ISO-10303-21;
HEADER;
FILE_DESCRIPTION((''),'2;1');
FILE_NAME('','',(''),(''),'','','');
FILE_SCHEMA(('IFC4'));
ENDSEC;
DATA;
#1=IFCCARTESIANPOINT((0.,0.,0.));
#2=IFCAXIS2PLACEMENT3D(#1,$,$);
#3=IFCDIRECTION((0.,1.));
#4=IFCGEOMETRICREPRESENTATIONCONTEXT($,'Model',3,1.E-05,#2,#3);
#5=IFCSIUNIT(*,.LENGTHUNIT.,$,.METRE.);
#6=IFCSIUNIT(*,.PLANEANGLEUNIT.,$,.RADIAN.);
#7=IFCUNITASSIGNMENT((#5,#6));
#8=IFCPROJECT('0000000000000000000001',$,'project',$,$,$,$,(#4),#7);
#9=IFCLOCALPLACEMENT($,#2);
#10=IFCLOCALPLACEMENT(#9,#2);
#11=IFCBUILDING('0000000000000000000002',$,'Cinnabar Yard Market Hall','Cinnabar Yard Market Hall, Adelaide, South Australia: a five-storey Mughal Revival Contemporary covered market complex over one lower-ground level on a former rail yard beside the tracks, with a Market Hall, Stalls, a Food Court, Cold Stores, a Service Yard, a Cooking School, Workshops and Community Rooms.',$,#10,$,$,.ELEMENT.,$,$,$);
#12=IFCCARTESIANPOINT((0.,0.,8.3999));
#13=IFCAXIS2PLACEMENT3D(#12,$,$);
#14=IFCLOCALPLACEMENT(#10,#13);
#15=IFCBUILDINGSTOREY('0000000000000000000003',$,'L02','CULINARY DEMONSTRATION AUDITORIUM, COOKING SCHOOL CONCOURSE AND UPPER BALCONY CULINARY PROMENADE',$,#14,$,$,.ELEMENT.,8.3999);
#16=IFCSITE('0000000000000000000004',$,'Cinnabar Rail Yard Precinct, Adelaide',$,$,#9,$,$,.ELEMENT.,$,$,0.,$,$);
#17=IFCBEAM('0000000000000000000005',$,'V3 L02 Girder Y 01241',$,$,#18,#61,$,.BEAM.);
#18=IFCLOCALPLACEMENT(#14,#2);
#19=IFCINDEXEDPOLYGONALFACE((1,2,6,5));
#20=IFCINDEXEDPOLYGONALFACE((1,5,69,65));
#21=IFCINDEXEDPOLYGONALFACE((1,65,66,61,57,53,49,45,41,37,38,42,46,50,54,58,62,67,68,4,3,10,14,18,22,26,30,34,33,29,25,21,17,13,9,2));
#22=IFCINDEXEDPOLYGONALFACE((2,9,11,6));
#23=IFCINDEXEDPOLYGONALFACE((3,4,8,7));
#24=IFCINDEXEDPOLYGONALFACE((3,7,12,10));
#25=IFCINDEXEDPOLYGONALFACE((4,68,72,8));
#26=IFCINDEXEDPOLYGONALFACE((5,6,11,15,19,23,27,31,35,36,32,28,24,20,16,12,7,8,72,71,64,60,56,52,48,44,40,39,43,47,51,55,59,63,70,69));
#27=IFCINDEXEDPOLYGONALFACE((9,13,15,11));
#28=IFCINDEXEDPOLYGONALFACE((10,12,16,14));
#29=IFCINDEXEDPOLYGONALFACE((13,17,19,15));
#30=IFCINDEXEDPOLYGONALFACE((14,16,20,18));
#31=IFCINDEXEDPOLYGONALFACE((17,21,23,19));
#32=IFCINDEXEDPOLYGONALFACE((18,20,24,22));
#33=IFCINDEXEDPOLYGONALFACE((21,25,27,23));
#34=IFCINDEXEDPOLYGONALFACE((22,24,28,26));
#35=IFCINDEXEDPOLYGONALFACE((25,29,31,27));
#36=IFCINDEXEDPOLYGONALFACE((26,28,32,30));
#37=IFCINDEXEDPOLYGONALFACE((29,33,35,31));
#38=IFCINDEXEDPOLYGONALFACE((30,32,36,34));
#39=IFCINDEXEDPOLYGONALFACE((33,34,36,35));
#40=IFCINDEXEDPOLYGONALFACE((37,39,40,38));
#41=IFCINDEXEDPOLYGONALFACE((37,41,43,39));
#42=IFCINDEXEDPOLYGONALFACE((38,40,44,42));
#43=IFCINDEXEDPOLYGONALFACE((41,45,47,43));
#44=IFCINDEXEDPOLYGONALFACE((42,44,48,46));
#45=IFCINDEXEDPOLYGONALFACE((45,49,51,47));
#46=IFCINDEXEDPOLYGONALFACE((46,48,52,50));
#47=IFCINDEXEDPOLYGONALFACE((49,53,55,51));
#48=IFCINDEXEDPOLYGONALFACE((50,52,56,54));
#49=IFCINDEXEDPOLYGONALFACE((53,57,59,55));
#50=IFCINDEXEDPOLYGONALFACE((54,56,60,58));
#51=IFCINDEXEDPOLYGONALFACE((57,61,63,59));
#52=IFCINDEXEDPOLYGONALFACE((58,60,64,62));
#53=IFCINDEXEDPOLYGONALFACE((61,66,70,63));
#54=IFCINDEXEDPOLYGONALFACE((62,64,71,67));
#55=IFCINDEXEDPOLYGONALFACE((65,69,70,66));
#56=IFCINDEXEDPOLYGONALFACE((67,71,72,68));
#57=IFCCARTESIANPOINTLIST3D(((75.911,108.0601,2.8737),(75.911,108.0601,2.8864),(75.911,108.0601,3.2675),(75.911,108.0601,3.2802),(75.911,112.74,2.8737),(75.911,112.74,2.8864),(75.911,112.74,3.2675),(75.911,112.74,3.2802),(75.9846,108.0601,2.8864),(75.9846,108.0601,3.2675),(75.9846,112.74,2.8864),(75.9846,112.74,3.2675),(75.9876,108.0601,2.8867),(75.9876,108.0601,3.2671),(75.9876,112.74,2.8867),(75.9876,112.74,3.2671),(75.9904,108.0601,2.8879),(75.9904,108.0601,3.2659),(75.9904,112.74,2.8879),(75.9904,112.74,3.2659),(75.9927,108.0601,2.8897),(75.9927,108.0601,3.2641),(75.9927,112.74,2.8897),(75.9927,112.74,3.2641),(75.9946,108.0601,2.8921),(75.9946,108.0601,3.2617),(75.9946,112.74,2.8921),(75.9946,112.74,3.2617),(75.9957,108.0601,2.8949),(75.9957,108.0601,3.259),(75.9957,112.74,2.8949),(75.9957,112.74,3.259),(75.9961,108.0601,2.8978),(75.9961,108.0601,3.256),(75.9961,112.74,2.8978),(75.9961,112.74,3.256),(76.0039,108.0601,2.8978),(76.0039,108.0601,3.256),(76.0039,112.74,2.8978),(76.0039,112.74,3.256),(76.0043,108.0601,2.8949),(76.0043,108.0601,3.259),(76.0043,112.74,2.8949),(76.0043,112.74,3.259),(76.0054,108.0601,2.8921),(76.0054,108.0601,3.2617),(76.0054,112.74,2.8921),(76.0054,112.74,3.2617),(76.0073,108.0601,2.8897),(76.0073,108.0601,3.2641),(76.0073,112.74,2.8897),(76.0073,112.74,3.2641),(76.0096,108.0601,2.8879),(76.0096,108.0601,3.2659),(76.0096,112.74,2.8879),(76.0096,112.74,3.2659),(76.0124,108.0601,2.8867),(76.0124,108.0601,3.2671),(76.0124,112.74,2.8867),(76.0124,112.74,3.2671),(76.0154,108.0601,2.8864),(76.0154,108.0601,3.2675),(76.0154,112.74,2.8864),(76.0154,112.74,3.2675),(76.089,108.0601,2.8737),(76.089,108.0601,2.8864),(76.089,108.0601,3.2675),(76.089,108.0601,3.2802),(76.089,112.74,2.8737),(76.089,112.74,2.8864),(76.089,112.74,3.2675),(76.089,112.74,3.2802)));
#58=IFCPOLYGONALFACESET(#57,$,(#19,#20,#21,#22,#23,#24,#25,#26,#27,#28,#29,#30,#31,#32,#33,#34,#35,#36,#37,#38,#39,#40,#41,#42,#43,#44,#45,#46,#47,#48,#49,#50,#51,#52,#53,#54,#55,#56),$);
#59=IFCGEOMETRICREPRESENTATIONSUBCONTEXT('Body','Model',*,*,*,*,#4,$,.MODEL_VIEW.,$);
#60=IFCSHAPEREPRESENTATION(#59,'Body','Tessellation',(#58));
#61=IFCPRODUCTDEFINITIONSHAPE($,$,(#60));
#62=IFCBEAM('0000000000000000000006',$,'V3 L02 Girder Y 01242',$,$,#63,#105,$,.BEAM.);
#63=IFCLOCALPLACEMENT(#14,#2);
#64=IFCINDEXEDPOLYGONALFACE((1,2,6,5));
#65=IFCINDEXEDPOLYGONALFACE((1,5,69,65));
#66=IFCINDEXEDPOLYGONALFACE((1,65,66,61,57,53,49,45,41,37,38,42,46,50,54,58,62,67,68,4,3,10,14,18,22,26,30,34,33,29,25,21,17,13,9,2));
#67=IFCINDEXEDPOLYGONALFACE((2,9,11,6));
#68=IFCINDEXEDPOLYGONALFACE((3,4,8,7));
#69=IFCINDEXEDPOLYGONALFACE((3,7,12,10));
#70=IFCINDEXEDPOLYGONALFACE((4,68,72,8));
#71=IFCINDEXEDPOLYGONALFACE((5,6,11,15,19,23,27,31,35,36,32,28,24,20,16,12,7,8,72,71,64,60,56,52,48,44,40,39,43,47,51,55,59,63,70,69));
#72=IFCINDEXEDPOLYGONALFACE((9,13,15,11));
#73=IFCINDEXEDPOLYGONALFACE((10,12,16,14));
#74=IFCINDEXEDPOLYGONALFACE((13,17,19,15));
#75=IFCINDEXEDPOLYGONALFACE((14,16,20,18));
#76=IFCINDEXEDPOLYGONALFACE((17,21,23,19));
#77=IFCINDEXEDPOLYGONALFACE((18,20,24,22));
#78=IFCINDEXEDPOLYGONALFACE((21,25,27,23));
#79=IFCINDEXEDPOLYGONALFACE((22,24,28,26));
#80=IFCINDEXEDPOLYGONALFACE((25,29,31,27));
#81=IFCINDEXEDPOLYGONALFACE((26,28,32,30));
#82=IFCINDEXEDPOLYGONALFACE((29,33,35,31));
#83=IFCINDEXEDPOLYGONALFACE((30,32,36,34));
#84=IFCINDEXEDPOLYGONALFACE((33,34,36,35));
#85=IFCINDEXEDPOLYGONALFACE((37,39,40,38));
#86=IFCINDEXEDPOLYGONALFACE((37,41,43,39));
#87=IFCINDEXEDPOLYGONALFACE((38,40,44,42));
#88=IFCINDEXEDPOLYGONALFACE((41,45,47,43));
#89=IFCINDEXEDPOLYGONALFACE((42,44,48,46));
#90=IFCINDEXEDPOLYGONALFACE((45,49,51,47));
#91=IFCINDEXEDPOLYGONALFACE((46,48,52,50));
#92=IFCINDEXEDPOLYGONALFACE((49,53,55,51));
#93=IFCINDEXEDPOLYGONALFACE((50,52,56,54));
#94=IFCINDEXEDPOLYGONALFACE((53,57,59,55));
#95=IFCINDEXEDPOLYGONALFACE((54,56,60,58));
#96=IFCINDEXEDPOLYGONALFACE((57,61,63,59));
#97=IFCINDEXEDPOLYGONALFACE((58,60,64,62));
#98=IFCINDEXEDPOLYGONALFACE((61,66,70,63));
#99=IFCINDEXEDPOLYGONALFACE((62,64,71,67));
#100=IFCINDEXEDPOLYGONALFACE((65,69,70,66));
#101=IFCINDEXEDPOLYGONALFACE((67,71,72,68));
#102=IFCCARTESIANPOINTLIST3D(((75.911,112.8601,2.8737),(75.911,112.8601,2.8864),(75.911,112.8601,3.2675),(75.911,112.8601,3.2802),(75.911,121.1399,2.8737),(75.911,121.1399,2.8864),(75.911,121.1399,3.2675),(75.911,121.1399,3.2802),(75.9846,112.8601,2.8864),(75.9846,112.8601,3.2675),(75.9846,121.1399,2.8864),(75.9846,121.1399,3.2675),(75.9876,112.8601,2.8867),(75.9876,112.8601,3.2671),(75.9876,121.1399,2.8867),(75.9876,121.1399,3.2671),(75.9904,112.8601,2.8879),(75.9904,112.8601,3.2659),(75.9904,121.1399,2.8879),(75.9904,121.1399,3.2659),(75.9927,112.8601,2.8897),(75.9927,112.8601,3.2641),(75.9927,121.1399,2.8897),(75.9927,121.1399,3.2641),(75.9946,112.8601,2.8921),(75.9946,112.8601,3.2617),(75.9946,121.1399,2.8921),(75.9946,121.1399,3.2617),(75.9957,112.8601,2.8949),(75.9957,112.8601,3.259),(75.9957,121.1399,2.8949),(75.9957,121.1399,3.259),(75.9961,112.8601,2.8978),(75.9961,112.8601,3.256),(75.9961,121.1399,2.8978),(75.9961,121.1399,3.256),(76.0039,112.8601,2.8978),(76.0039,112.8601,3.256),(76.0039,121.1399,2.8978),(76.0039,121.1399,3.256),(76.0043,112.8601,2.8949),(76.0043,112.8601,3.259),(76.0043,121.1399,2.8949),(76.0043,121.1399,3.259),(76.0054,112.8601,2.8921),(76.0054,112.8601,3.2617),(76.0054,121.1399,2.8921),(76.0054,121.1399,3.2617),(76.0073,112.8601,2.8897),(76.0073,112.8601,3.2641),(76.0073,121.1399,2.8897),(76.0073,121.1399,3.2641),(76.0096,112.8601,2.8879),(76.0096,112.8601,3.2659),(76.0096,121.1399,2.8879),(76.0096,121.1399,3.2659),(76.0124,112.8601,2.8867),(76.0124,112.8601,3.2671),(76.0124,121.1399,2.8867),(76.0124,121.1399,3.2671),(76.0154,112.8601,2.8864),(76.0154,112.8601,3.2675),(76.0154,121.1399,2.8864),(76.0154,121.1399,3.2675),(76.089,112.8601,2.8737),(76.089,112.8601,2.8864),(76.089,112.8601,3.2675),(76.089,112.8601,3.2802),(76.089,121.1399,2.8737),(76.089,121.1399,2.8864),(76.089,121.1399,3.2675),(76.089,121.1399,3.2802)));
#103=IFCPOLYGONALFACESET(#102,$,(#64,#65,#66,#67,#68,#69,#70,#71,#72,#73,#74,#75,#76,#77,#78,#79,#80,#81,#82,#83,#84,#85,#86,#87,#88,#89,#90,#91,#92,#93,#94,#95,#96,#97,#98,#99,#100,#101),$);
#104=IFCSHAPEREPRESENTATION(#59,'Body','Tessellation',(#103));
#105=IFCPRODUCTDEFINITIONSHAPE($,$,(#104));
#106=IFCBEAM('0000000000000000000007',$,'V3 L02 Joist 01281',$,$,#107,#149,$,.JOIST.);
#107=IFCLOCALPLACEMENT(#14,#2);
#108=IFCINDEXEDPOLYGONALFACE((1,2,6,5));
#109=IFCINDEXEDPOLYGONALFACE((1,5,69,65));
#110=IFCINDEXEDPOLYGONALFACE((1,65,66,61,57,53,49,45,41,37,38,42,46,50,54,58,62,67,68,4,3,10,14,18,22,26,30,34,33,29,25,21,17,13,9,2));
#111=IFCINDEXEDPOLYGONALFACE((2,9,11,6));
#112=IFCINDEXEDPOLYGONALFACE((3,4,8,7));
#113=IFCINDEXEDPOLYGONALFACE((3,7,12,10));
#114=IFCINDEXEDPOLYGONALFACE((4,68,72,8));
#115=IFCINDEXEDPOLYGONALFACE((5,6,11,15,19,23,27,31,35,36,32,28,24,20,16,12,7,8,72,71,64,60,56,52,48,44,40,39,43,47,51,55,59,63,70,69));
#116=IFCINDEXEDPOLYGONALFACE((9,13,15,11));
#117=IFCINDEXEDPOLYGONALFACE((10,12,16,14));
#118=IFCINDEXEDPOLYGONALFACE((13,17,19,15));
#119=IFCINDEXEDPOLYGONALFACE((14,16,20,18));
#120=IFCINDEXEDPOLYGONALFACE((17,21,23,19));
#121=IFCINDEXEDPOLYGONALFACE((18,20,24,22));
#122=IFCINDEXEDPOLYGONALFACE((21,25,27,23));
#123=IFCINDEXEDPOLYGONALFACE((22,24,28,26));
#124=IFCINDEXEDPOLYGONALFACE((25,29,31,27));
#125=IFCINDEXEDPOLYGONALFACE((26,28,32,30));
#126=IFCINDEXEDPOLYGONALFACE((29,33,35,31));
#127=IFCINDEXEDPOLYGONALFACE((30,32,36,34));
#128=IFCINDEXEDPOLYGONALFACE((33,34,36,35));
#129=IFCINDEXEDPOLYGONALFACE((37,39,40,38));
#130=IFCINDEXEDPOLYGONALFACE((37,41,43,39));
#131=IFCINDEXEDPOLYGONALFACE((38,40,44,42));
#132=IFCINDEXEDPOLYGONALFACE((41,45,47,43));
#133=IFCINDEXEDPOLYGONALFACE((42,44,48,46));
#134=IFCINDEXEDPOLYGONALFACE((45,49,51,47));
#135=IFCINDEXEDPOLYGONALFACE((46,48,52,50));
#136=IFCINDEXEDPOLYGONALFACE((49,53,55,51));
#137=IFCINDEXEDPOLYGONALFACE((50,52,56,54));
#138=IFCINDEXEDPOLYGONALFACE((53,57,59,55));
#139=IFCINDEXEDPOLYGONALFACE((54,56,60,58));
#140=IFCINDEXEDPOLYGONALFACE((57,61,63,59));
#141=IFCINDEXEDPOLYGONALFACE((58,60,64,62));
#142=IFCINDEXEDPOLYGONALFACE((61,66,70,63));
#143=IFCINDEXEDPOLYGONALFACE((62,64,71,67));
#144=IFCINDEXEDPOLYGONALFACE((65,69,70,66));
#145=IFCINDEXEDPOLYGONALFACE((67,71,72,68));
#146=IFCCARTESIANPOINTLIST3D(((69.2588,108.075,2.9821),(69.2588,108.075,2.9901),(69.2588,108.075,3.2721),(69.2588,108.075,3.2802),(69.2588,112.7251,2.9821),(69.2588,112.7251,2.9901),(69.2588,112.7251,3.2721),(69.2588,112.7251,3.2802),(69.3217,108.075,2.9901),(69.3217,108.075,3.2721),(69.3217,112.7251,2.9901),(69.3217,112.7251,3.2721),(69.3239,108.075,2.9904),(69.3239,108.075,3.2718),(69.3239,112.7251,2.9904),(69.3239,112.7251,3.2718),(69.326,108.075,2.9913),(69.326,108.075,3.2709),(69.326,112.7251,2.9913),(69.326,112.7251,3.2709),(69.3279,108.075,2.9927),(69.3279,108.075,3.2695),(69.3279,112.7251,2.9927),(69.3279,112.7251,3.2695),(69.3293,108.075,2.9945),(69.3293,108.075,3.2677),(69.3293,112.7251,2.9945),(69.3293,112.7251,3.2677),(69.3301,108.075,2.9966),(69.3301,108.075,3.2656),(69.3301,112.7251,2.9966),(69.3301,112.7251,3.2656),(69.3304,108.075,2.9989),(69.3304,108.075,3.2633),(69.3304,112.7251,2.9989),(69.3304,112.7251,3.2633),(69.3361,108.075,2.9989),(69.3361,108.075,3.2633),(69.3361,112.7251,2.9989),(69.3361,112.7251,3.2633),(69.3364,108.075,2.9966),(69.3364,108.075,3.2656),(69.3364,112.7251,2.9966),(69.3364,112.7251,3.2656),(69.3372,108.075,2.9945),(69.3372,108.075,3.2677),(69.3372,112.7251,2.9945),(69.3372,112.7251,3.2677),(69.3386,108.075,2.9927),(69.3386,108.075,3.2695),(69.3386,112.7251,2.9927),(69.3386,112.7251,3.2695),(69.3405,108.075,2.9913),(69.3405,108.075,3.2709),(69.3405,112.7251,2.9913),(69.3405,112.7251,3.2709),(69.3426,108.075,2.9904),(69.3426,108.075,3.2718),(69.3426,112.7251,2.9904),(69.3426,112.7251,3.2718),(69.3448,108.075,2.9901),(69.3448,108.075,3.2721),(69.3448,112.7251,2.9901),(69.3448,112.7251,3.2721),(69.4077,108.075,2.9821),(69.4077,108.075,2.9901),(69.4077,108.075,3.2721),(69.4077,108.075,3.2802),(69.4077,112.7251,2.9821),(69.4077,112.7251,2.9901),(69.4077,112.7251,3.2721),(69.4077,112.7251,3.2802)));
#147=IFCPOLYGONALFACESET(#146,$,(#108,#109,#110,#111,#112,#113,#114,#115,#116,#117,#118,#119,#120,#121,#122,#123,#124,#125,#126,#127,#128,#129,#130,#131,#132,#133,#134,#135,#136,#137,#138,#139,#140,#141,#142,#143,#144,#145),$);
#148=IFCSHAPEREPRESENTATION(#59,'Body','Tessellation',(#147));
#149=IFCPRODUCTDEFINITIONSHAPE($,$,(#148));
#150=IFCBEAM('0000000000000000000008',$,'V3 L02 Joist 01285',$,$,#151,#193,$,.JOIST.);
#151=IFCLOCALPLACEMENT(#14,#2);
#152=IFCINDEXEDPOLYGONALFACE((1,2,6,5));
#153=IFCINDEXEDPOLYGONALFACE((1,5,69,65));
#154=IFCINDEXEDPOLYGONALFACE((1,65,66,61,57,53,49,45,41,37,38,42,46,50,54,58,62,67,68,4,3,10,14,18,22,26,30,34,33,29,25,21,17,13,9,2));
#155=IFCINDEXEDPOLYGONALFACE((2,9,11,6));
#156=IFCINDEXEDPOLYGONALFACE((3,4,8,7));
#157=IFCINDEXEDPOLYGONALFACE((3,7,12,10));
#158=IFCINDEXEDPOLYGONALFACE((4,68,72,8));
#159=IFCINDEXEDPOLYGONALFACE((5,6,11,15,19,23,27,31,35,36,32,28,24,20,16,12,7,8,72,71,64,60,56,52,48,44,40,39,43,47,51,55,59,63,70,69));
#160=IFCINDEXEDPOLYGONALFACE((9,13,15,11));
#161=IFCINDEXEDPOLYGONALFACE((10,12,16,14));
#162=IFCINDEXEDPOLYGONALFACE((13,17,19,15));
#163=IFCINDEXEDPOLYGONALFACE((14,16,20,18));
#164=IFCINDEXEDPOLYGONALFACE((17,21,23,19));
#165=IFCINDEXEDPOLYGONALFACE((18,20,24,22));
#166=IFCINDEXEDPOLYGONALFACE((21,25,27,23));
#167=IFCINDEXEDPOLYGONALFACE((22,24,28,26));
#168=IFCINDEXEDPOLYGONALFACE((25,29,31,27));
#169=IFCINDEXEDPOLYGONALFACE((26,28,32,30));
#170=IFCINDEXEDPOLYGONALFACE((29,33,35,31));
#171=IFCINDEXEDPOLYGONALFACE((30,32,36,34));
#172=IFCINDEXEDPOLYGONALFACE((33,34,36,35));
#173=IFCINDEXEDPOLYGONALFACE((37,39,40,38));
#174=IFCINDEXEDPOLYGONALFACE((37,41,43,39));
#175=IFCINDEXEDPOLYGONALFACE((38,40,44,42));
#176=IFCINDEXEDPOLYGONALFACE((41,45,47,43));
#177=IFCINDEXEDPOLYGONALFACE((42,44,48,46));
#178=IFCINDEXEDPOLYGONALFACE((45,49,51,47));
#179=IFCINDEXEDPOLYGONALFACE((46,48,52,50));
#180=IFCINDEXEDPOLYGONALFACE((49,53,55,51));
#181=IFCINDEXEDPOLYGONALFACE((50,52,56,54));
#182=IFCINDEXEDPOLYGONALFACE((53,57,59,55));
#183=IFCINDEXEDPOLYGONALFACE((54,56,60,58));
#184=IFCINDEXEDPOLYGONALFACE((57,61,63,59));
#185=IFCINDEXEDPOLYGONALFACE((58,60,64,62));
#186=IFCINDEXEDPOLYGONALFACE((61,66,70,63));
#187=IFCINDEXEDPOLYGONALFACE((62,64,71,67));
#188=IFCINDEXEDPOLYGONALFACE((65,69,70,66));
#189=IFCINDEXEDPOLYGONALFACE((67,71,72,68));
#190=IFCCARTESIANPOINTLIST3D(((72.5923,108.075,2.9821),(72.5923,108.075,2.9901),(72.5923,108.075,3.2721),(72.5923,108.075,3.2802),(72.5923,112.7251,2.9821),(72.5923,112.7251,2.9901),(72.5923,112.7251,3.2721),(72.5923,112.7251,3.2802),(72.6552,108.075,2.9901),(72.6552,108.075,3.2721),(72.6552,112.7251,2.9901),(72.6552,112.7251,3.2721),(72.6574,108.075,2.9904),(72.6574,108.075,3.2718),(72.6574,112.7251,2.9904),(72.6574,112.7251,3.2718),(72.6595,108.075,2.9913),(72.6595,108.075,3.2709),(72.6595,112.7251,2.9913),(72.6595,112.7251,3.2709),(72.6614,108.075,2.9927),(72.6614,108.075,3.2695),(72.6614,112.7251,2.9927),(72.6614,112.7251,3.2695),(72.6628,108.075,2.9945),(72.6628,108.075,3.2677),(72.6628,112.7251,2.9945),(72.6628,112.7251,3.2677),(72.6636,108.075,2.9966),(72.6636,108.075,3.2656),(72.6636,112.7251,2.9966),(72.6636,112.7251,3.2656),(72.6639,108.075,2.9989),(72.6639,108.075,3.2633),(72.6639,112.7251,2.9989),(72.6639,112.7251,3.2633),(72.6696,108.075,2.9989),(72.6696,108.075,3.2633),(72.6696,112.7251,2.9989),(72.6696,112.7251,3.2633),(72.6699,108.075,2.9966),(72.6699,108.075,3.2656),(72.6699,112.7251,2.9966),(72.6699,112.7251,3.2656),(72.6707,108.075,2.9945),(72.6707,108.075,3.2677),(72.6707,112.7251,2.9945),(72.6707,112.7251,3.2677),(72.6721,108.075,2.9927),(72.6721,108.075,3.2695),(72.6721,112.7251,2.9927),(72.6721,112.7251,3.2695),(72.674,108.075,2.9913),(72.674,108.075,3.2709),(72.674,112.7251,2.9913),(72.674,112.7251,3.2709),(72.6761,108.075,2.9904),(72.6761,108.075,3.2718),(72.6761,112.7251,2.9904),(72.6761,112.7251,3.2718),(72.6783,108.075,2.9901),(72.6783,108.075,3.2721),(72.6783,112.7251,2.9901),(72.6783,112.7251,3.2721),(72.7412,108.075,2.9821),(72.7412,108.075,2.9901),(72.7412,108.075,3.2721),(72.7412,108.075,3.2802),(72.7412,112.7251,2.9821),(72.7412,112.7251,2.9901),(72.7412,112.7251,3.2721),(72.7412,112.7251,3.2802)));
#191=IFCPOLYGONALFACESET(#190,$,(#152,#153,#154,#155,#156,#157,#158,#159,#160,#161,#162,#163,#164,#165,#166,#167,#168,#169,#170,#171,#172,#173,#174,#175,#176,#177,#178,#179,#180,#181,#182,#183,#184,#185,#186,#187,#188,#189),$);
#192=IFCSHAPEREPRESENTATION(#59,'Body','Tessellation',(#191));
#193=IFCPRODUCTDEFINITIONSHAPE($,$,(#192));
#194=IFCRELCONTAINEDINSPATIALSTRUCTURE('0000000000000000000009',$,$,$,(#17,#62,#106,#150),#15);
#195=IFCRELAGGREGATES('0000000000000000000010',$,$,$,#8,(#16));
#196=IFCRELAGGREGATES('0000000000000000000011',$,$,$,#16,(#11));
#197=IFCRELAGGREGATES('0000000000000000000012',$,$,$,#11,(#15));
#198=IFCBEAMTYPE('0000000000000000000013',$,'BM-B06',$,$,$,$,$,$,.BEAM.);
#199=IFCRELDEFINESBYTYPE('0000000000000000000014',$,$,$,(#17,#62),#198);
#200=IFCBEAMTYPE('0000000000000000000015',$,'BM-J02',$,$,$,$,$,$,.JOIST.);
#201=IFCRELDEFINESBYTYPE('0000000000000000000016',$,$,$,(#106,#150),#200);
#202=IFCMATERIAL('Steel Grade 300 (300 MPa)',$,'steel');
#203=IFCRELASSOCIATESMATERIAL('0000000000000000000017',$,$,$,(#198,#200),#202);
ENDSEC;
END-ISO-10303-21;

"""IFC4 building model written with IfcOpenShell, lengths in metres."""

from ifc_helpers import new_model, si_unit, direction, frame, origin, origin_2d_with_axis, place, context, subcontext, project, spatial, i_section, extrude, material, material_profile, profile_set, type_object, element, save


model = new_model("IFC4")

# Units and contexts
model_context = context("Model", 3, precision=1e-05, world=origin(), true_north=direction((0.0, 1.0)))
body_context = subcontext(model_context, "Body", "Model", "MODEL_VIEW")
ifc_project = project(units=[si_unit("LENGTHUNIT", "METRE"), si_unit("PLANEANGLEUNIT", "RADIAN")], contexts=[model_context])

# Site, building, storey
site_placement = place(None, origin())
site = spatial("IfcSite", under=ifc_project, at=site_placement, Name="Cinnabar Rail Yard Precinct, Adelaide", CompositionType="ELEMENT", RefElevation=0.0)
building_placement = place(site_placement, origin())
building = spatial("IfcBuilding", under=site, at=building_placement, Name="Cinnabar Yard Market Hall", Description="Cinnabar Yard Market Hall, Adelaide, South Australia: a five-storey Mughal Revival Contemporary covered market complex over one lower-ground level on a former rail yard beside the tracks, with a Market Hall, Stalls, a Food Court, Cold Stores, a Service Yard, a Cooking School, Workshops and Community Rooms.", CompositionType="ELEMENT")
storey_placement = place(building_placement, frame((0.0, 0.0, 8.3999)))
storey = spatial("IfcBuildingStorey", under=building, at=storey_placement, Name="L02", Description="CULINARY DEMONSTRATION AUDITORIUM, COOKING SCHOOL CONCOURSE AND UPPER BALCONY CULINARY PROMENADE", CompositionType="ELEMENT", Elevation=8.3999)

# Shared definitions
ifc_material_1 = material(Name="Steel Grade 300 (300 MPa)", Category="steel")

# Beams
ifc_material_profile_1 = material_profile(ifc_material_1, i_section(OverallWidth=0.178, OverallDepth=0.4065, WebThickness=0.0078, FlangeThickness=0.0127, FilletRadius=0.0115, at=origin_2d_with_axis()), Name="410UB59.7")
ifc_profile_set_1 = profile_set([ifc_material_profile_1], Name="Steel Grade 300 (300 MPa)")
beam_type_1 = type_object("IfcBeamType", Name="BM-B06", PredefinedType="BEAM", material=ifc_profile_set_1)
beam_1_placement = place(storey_placement, frame((76.0, 108.0601, 3.0769), z_axis=(0.0, 1.0, 0.0), x_axis=(-1.0, 0.0, 0.0)))
element("IfcBeam", 1, at=beam_1_placement, inside=storey, type_object=beam_type_1, Name="V3 L02 Girder Y 01241", PredefinedType="BEAM", context=body_context, shape_type="SweptSolid", body=[
    extrude(i_section(OverallWidth=0.178, OverallDepth=0.4065, WebThickness=0.0078, FlangeThickness=0.0127, FilletRadius=0.0115, at=origin_2d_with_axis()), origin(), (0.0, 0.0, 1.0), 4.6799),
])
beam_2_placement = place(storey_placement, frame((76.0, 112.8601, 3.0769), z_axis=(0.0, 1.0, 0.0), x_axis=(-1.0, 0.0, 0.0)))
element("IfcBeam", 2, at=beam_2_placement, inside=storey, type_object=beam_type_1, Name="V3 L02 Girder Y 01242", PredefinedType="BEAM", context=body_context, shape_type="SweptSolid", body=[
    extrude(i_section(OverallWidth=0.178, OverallDepth=0.4065, WebThickness=0.0078, FlangeThickness=0.0127, FilletRadius=0.0115, at=origin_2d_with_axis()), origin(), (0.0, 0.0, 1.0), 8.2798),
])
ifc_material_profile_2 = material_profile(ifc_material_1, i_section(OverallWidth=0.1489, OverallDepth=0.2981, WebThickness=0.0056, FlangeThickness=0.0081, FilletRadius=0.0088, at=origin_2d_with_axis()), Name="310UB32.0")
ifc_profile_set_2 = profile_set([ifc_material_profile_2], Name="Steel Grade 300 (300 MPa)")
beam_type_2 = type_object("IfcBeamType", Name="BM-J02", PredefinedType="JOIST", material=ifc_profile_set_2)
for number, where, z_axis, x_axis, name in (
    (3, (69.3333, 108.075, 3.1311), (0.0, 1.0, 0.0), (-1.0, 0.0, 0.0), "V3 L02 Joist 01281"),
    (4, (72.6667, 108.075, 3.1311), (0.0, 1.0, 0.0), (-1.0, 0.0, 0.0), "V3 L02 Joist 01285"),
):
    element("IfcBeam", number, at=place(storey_placement, frame(where, z_axis=z_axis, x_axis=x_axis)), inside=storey, type_object=beam_type_2, Name=name, PredefinedType="JOIST", context=body_context, shape_type="SweptSolid", body=[
        extrude(i_section(OverallWidth=0.1489, OverallDepth=0.2981, WebThickness=0.0056, FlangeThickness=0.0081, FilletRadius=0.0088, at=origin_2d_with_axis()), origin(), (0.0, 0.0, 1.0), 4.6501),
    ])

save(model, "model.ifc")
